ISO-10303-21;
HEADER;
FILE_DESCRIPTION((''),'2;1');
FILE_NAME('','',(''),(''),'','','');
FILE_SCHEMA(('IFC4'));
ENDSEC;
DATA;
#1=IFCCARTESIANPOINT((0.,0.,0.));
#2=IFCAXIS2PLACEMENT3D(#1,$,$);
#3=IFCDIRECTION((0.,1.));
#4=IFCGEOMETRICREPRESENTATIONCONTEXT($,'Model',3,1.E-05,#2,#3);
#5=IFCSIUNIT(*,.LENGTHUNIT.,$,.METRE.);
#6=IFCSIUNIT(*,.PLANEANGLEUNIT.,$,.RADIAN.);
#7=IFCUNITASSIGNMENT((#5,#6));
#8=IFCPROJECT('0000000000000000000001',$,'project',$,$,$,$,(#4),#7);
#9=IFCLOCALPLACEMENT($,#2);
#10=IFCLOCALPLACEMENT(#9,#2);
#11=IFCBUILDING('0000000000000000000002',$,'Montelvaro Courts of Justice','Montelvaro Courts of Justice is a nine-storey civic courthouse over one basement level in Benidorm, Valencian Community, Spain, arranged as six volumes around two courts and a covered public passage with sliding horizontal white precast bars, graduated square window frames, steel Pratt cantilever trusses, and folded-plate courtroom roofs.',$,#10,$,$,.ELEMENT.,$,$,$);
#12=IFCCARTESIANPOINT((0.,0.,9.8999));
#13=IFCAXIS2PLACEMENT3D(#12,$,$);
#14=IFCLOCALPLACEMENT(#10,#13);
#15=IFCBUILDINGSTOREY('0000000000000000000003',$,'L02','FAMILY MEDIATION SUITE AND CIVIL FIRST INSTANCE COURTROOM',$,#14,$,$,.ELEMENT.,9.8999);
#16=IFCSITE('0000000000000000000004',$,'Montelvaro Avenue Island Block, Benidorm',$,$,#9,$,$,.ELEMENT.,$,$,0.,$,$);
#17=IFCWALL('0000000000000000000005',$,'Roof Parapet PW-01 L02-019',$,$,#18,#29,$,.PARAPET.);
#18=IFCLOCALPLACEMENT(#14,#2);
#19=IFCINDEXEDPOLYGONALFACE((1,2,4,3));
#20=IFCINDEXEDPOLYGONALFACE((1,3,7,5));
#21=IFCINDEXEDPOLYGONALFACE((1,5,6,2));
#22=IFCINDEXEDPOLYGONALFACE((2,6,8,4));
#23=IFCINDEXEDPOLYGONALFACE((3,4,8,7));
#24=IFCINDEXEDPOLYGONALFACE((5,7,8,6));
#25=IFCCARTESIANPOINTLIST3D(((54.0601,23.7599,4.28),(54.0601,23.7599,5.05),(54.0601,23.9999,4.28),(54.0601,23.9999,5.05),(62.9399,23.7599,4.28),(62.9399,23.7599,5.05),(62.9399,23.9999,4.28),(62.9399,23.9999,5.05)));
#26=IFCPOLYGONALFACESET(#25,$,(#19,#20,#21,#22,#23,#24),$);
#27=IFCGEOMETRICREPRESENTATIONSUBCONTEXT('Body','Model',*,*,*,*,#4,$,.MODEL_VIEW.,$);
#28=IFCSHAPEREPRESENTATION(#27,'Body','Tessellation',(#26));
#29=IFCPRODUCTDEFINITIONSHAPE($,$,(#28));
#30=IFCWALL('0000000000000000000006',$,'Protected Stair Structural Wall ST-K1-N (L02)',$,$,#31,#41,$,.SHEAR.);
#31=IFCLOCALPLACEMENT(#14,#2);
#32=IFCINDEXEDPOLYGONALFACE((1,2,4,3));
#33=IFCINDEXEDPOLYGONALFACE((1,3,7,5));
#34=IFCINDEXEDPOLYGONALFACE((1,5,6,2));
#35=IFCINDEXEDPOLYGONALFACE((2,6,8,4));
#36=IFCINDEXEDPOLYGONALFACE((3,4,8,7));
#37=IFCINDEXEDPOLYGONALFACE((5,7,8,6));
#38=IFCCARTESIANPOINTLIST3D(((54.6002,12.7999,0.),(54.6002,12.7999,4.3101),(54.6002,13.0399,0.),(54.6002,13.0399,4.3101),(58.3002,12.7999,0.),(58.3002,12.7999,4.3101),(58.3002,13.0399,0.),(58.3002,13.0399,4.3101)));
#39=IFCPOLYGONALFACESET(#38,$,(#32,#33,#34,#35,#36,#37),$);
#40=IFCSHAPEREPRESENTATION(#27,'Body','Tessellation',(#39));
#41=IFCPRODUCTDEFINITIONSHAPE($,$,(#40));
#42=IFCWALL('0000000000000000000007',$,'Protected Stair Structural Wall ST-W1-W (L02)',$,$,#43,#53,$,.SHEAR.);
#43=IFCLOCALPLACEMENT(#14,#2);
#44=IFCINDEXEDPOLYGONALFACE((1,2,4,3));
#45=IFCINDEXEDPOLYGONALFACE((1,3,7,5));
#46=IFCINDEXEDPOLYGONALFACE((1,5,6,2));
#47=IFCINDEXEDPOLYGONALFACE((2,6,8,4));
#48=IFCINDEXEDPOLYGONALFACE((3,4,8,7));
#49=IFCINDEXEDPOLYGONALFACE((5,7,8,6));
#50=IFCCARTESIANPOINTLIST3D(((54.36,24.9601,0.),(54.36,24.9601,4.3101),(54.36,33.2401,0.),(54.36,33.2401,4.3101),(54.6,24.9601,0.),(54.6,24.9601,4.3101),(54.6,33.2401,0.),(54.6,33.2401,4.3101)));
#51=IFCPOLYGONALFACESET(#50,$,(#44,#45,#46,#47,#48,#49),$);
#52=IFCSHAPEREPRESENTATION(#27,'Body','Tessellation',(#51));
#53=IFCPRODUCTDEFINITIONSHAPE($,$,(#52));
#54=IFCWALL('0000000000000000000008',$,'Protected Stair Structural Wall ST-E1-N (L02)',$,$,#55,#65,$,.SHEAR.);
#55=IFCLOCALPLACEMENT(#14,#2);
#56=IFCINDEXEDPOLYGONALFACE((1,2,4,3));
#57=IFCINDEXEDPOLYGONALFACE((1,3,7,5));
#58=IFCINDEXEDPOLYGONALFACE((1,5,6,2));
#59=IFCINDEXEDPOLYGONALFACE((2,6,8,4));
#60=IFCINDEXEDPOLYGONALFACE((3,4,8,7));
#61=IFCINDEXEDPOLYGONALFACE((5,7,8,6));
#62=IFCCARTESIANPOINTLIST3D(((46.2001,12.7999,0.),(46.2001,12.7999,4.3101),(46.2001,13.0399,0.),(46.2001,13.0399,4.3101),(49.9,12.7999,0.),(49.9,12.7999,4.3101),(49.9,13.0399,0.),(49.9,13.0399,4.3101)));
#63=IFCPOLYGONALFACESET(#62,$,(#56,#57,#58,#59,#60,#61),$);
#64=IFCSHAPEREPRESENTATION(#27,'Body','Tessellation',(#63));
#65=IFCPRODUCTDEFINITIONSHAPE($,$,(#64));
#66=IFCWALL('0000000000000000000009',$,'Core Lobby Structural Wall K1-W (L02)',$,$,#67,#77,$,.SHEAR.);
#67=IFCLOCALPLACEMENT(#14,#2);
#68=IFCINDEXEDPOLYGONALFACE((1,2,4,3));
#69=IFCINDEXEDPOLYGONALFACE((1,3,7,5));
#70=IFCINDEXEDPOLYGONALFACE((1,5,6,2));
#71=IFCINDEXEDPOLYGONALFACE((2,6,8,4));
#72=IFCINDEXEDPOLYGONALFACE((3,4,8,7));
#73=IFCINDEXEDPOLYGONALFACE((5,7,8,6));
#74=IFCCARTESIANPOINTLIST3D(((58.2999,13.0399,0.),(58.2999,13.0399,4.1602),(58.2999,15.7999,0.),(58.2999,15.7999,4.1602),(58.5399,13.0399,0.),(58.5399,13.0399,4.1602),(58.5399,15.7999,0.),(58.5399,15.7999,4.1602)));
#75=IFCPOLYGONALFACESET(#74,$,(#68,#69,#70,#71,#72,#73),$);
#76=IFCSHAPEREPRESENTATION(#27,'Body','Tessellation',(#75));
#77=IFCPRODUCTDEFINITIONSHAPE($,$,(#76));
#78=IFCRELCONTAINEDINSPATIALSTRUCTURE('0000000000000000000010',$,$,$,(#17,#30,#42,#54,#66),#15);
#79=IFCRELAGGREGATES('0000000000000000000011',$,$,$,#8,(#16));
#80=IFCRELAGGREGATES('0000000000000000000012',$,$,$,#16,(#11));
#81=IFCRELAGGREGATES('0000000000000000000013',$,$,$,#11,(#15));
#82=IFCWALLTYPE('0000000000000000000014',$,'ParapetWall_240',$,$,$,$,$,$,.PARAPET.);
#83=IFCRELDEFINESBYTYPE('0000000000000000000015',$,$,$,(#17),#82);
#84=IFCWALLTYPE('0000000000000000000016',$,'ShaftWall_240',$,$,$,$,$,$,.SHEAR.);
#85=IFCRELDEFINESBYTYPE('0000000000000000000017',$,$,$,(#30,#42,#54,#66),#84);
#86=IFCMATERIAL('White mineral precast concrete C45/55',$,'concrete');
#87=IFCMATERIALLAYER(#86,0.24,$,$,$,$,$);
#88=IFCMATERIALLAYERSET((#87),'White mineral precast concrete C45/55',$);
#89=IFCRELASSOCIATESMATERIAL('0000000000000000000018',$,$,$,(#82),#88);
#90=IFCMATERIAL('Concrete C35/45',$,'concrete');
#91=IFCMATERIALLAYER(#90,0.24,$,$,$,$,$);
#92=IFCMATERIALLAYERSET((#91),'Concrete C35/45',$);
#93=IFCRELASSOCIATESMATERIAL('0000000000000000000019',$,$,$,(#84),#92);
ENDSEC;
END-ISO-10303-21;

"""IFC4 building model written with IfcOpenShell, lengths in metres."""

from ifc_helpers import new_model, si_unit, direction, frame, frame_2d, origin, place, context, subcontext, project, spatial, rectangle, extrude, material, layer, layer_set, type_object, element, save


model = new_model("IFC4")

# Units and contexts
model_context = context("Model", 3, precision=1e-05, world=origin(), true_north=direction((0.0, 1.0)))
body_context = subcontext(model_context, "Body", "Model", "MODEL_VIEW")
ifc_project = project(units=[si_unit("LENGTHUNIT", "METRE"), si_unit("PLANEANGLEUNIT", "RADIAN")], contexts=[model_context])

# Site, building, storey
site_placement = place(None, origin())
site = spatial("IfcSite", under=ifc_project, at=site_placement, Name="Montelvaro Avenue Island Block, Benidorm", CompositionType="ELEMENT", RefElevation=0.0)
building_placement = place(site_placement, origin())
building = spatial("IfcBuilding", under=site, at=building_placement, Name="Montelvaro Courts of Justice", Description="Montelvaro Courts of Justice is a nine-storey civic courthouse over one basement level in Benidorm, Valencian Community, Spain, arranged as six volumes around two courts and a covered public passage with sliding horizontal white precast bars, graduated square window frames, steel Pratt cantilever trusses, and folded-plate courtroom roofs.", CompositionType="ELEMENT")
storey_placement = place(building_placement, frame((0.0, 0.0, 9.8999)))
storey = spatial("IfcBuildingStorey", under=building, at=storey_placement, Name="L02", Description="FAMILY MEDIATION SUITE AND CIVIL FIRST INSTANCE COURTROOM", CompositionType="ELEMENT", Elevation=9.8999)

# Walls
ifc_material_1 = material(Name="White mineral precast concrete C45/55", Category="concrete")
ifc_layer_1 = layer(ifc_material_1, 0.24)
ifc_layer_set_1 = layer_set([ifc_layer_1], Name="White mineral precast concrete C45/55")
wall_type_1 = type_object("IfcWallType", Name="ParapetWall_240", PredefinedType="PARAPET", material=ifc_layer_set_1)
wall_1_placement = place(storey_placement, frame((54.0601, 23.8799, 4.28), z_axis=(0.0, 0.0, 1.0), x_axis=(1.0, 0.0, 0.0)))
element("IfcWall", 1, at=wall_1_placement, inside=storey, type_object=wall_type_1, Name="Roof Parapet PW-01 L02-019", PredefinedType="PARAPET", context=body_context, shape_type="SweptSolid", body=[
    extrude(rectangle(XDim=8.8799, YDim=0.24, at=frame_2d((4.4399, 0.0))), origin(), (0.0, 0.0, 1.0), 0.77),
])
ifc_material_2 = material(Name="Concrete C35/45", Category="concrete")
ifc_layer_2 = layer(ifc_material_2, 0.24)
ifc_layer_set_2 = layer_set([ifc_layer_2], Name="Concrete C35/45")
wall_type_2 = type_object("IfcWallType", Name="ShaftWall_240", PredefinedType="SHEAR", material=ifc_layer_set_2)
wall_2_placement = place(storey_placement, frame((54.6001, 12.9199, 0.0), z_axis=(0.0, 0.0, 1.0), x_axis=(1.0, 0.0, 0.0)))
element("IfcWall", 2, at=wall_2_placement, inside=storey, type_object=wall_type_2, Name="Protected Stair Structural Wall ST-K1-N (L02)", PredefinedType="SHEAR", context=body_context, shape_type="SweptSolid", body=[
    extrude(rectangle(XDim=3.7, YDim=0.24, at=frame_2d((1.8501, 0.0))), origin(), (0.0, 0.0, 1.0), 4.3101),
])
wall_3_placement = place(storey_placement, frame((54.48, 24.96, 0.0), z_axis=(0.0, 0.0, 1.0), x_axis=(0.0, 1.0, 0.0)))
element("IfcWall", 3, at=wall_3_placement, inside=storey, type_object=wall_type_2, Name="Protected Stair Structural Wall ST-W1-W (L02)", PredefinedType="SHEAR", context=body_context, shape_type="SweptSolid", body=[
    extrude(rectangle(XDim=8.28, YDim=0.24, at=frame_2d((4.1401, 0.0))), origin(), (0.0, 0.0, 1.0), 4.3101),
])
wall_4_placement = place(storey_placement, frame((46.2, 12.9199, 0.0), z_axis=(0.0, 0.0, 1.0), x_axis=(1.0, 0.0, 0.0)))
element("IfcWall", 4, at=wall_4_placement, inside=storey, type_object=wall_type_2, Name="Protected Stair Structural Wall ST-E1-N (L02)", PredefinedType="SHEAR", context=body_context, shape_type="SweptSolid", body=[
    extrude(rectangle(XDim=3.7, YDim=0.24, at=frame_2d((1.8501, 0.0))), origin(), (0.0, 0.0, 1.0), 4.3101),
])
wall_5_placement = place(storey_placement, frame((58.4199, 13.04, 0.0), z_axis=(0.0, 0.0, 1.0), x_axis=(0.0, 1.0, 0.0)))
element("IfcWall", 5, at=wall_5_placement, inside=storey, type_object=wall_type_2, Name="Core Lobby Structural Wall K1-W (L02)", PredefinedType="SHEAR", context=body_context, shape_type="SweptSolid", body=[
    extrude(rectangle(XDim=2.76, YDim=0.24, at=frame_2d((1.3799, 0.0))), origin(), (0.0, 0.0, 1.0), 4.1602),
])

save(model, "model.ifc")
